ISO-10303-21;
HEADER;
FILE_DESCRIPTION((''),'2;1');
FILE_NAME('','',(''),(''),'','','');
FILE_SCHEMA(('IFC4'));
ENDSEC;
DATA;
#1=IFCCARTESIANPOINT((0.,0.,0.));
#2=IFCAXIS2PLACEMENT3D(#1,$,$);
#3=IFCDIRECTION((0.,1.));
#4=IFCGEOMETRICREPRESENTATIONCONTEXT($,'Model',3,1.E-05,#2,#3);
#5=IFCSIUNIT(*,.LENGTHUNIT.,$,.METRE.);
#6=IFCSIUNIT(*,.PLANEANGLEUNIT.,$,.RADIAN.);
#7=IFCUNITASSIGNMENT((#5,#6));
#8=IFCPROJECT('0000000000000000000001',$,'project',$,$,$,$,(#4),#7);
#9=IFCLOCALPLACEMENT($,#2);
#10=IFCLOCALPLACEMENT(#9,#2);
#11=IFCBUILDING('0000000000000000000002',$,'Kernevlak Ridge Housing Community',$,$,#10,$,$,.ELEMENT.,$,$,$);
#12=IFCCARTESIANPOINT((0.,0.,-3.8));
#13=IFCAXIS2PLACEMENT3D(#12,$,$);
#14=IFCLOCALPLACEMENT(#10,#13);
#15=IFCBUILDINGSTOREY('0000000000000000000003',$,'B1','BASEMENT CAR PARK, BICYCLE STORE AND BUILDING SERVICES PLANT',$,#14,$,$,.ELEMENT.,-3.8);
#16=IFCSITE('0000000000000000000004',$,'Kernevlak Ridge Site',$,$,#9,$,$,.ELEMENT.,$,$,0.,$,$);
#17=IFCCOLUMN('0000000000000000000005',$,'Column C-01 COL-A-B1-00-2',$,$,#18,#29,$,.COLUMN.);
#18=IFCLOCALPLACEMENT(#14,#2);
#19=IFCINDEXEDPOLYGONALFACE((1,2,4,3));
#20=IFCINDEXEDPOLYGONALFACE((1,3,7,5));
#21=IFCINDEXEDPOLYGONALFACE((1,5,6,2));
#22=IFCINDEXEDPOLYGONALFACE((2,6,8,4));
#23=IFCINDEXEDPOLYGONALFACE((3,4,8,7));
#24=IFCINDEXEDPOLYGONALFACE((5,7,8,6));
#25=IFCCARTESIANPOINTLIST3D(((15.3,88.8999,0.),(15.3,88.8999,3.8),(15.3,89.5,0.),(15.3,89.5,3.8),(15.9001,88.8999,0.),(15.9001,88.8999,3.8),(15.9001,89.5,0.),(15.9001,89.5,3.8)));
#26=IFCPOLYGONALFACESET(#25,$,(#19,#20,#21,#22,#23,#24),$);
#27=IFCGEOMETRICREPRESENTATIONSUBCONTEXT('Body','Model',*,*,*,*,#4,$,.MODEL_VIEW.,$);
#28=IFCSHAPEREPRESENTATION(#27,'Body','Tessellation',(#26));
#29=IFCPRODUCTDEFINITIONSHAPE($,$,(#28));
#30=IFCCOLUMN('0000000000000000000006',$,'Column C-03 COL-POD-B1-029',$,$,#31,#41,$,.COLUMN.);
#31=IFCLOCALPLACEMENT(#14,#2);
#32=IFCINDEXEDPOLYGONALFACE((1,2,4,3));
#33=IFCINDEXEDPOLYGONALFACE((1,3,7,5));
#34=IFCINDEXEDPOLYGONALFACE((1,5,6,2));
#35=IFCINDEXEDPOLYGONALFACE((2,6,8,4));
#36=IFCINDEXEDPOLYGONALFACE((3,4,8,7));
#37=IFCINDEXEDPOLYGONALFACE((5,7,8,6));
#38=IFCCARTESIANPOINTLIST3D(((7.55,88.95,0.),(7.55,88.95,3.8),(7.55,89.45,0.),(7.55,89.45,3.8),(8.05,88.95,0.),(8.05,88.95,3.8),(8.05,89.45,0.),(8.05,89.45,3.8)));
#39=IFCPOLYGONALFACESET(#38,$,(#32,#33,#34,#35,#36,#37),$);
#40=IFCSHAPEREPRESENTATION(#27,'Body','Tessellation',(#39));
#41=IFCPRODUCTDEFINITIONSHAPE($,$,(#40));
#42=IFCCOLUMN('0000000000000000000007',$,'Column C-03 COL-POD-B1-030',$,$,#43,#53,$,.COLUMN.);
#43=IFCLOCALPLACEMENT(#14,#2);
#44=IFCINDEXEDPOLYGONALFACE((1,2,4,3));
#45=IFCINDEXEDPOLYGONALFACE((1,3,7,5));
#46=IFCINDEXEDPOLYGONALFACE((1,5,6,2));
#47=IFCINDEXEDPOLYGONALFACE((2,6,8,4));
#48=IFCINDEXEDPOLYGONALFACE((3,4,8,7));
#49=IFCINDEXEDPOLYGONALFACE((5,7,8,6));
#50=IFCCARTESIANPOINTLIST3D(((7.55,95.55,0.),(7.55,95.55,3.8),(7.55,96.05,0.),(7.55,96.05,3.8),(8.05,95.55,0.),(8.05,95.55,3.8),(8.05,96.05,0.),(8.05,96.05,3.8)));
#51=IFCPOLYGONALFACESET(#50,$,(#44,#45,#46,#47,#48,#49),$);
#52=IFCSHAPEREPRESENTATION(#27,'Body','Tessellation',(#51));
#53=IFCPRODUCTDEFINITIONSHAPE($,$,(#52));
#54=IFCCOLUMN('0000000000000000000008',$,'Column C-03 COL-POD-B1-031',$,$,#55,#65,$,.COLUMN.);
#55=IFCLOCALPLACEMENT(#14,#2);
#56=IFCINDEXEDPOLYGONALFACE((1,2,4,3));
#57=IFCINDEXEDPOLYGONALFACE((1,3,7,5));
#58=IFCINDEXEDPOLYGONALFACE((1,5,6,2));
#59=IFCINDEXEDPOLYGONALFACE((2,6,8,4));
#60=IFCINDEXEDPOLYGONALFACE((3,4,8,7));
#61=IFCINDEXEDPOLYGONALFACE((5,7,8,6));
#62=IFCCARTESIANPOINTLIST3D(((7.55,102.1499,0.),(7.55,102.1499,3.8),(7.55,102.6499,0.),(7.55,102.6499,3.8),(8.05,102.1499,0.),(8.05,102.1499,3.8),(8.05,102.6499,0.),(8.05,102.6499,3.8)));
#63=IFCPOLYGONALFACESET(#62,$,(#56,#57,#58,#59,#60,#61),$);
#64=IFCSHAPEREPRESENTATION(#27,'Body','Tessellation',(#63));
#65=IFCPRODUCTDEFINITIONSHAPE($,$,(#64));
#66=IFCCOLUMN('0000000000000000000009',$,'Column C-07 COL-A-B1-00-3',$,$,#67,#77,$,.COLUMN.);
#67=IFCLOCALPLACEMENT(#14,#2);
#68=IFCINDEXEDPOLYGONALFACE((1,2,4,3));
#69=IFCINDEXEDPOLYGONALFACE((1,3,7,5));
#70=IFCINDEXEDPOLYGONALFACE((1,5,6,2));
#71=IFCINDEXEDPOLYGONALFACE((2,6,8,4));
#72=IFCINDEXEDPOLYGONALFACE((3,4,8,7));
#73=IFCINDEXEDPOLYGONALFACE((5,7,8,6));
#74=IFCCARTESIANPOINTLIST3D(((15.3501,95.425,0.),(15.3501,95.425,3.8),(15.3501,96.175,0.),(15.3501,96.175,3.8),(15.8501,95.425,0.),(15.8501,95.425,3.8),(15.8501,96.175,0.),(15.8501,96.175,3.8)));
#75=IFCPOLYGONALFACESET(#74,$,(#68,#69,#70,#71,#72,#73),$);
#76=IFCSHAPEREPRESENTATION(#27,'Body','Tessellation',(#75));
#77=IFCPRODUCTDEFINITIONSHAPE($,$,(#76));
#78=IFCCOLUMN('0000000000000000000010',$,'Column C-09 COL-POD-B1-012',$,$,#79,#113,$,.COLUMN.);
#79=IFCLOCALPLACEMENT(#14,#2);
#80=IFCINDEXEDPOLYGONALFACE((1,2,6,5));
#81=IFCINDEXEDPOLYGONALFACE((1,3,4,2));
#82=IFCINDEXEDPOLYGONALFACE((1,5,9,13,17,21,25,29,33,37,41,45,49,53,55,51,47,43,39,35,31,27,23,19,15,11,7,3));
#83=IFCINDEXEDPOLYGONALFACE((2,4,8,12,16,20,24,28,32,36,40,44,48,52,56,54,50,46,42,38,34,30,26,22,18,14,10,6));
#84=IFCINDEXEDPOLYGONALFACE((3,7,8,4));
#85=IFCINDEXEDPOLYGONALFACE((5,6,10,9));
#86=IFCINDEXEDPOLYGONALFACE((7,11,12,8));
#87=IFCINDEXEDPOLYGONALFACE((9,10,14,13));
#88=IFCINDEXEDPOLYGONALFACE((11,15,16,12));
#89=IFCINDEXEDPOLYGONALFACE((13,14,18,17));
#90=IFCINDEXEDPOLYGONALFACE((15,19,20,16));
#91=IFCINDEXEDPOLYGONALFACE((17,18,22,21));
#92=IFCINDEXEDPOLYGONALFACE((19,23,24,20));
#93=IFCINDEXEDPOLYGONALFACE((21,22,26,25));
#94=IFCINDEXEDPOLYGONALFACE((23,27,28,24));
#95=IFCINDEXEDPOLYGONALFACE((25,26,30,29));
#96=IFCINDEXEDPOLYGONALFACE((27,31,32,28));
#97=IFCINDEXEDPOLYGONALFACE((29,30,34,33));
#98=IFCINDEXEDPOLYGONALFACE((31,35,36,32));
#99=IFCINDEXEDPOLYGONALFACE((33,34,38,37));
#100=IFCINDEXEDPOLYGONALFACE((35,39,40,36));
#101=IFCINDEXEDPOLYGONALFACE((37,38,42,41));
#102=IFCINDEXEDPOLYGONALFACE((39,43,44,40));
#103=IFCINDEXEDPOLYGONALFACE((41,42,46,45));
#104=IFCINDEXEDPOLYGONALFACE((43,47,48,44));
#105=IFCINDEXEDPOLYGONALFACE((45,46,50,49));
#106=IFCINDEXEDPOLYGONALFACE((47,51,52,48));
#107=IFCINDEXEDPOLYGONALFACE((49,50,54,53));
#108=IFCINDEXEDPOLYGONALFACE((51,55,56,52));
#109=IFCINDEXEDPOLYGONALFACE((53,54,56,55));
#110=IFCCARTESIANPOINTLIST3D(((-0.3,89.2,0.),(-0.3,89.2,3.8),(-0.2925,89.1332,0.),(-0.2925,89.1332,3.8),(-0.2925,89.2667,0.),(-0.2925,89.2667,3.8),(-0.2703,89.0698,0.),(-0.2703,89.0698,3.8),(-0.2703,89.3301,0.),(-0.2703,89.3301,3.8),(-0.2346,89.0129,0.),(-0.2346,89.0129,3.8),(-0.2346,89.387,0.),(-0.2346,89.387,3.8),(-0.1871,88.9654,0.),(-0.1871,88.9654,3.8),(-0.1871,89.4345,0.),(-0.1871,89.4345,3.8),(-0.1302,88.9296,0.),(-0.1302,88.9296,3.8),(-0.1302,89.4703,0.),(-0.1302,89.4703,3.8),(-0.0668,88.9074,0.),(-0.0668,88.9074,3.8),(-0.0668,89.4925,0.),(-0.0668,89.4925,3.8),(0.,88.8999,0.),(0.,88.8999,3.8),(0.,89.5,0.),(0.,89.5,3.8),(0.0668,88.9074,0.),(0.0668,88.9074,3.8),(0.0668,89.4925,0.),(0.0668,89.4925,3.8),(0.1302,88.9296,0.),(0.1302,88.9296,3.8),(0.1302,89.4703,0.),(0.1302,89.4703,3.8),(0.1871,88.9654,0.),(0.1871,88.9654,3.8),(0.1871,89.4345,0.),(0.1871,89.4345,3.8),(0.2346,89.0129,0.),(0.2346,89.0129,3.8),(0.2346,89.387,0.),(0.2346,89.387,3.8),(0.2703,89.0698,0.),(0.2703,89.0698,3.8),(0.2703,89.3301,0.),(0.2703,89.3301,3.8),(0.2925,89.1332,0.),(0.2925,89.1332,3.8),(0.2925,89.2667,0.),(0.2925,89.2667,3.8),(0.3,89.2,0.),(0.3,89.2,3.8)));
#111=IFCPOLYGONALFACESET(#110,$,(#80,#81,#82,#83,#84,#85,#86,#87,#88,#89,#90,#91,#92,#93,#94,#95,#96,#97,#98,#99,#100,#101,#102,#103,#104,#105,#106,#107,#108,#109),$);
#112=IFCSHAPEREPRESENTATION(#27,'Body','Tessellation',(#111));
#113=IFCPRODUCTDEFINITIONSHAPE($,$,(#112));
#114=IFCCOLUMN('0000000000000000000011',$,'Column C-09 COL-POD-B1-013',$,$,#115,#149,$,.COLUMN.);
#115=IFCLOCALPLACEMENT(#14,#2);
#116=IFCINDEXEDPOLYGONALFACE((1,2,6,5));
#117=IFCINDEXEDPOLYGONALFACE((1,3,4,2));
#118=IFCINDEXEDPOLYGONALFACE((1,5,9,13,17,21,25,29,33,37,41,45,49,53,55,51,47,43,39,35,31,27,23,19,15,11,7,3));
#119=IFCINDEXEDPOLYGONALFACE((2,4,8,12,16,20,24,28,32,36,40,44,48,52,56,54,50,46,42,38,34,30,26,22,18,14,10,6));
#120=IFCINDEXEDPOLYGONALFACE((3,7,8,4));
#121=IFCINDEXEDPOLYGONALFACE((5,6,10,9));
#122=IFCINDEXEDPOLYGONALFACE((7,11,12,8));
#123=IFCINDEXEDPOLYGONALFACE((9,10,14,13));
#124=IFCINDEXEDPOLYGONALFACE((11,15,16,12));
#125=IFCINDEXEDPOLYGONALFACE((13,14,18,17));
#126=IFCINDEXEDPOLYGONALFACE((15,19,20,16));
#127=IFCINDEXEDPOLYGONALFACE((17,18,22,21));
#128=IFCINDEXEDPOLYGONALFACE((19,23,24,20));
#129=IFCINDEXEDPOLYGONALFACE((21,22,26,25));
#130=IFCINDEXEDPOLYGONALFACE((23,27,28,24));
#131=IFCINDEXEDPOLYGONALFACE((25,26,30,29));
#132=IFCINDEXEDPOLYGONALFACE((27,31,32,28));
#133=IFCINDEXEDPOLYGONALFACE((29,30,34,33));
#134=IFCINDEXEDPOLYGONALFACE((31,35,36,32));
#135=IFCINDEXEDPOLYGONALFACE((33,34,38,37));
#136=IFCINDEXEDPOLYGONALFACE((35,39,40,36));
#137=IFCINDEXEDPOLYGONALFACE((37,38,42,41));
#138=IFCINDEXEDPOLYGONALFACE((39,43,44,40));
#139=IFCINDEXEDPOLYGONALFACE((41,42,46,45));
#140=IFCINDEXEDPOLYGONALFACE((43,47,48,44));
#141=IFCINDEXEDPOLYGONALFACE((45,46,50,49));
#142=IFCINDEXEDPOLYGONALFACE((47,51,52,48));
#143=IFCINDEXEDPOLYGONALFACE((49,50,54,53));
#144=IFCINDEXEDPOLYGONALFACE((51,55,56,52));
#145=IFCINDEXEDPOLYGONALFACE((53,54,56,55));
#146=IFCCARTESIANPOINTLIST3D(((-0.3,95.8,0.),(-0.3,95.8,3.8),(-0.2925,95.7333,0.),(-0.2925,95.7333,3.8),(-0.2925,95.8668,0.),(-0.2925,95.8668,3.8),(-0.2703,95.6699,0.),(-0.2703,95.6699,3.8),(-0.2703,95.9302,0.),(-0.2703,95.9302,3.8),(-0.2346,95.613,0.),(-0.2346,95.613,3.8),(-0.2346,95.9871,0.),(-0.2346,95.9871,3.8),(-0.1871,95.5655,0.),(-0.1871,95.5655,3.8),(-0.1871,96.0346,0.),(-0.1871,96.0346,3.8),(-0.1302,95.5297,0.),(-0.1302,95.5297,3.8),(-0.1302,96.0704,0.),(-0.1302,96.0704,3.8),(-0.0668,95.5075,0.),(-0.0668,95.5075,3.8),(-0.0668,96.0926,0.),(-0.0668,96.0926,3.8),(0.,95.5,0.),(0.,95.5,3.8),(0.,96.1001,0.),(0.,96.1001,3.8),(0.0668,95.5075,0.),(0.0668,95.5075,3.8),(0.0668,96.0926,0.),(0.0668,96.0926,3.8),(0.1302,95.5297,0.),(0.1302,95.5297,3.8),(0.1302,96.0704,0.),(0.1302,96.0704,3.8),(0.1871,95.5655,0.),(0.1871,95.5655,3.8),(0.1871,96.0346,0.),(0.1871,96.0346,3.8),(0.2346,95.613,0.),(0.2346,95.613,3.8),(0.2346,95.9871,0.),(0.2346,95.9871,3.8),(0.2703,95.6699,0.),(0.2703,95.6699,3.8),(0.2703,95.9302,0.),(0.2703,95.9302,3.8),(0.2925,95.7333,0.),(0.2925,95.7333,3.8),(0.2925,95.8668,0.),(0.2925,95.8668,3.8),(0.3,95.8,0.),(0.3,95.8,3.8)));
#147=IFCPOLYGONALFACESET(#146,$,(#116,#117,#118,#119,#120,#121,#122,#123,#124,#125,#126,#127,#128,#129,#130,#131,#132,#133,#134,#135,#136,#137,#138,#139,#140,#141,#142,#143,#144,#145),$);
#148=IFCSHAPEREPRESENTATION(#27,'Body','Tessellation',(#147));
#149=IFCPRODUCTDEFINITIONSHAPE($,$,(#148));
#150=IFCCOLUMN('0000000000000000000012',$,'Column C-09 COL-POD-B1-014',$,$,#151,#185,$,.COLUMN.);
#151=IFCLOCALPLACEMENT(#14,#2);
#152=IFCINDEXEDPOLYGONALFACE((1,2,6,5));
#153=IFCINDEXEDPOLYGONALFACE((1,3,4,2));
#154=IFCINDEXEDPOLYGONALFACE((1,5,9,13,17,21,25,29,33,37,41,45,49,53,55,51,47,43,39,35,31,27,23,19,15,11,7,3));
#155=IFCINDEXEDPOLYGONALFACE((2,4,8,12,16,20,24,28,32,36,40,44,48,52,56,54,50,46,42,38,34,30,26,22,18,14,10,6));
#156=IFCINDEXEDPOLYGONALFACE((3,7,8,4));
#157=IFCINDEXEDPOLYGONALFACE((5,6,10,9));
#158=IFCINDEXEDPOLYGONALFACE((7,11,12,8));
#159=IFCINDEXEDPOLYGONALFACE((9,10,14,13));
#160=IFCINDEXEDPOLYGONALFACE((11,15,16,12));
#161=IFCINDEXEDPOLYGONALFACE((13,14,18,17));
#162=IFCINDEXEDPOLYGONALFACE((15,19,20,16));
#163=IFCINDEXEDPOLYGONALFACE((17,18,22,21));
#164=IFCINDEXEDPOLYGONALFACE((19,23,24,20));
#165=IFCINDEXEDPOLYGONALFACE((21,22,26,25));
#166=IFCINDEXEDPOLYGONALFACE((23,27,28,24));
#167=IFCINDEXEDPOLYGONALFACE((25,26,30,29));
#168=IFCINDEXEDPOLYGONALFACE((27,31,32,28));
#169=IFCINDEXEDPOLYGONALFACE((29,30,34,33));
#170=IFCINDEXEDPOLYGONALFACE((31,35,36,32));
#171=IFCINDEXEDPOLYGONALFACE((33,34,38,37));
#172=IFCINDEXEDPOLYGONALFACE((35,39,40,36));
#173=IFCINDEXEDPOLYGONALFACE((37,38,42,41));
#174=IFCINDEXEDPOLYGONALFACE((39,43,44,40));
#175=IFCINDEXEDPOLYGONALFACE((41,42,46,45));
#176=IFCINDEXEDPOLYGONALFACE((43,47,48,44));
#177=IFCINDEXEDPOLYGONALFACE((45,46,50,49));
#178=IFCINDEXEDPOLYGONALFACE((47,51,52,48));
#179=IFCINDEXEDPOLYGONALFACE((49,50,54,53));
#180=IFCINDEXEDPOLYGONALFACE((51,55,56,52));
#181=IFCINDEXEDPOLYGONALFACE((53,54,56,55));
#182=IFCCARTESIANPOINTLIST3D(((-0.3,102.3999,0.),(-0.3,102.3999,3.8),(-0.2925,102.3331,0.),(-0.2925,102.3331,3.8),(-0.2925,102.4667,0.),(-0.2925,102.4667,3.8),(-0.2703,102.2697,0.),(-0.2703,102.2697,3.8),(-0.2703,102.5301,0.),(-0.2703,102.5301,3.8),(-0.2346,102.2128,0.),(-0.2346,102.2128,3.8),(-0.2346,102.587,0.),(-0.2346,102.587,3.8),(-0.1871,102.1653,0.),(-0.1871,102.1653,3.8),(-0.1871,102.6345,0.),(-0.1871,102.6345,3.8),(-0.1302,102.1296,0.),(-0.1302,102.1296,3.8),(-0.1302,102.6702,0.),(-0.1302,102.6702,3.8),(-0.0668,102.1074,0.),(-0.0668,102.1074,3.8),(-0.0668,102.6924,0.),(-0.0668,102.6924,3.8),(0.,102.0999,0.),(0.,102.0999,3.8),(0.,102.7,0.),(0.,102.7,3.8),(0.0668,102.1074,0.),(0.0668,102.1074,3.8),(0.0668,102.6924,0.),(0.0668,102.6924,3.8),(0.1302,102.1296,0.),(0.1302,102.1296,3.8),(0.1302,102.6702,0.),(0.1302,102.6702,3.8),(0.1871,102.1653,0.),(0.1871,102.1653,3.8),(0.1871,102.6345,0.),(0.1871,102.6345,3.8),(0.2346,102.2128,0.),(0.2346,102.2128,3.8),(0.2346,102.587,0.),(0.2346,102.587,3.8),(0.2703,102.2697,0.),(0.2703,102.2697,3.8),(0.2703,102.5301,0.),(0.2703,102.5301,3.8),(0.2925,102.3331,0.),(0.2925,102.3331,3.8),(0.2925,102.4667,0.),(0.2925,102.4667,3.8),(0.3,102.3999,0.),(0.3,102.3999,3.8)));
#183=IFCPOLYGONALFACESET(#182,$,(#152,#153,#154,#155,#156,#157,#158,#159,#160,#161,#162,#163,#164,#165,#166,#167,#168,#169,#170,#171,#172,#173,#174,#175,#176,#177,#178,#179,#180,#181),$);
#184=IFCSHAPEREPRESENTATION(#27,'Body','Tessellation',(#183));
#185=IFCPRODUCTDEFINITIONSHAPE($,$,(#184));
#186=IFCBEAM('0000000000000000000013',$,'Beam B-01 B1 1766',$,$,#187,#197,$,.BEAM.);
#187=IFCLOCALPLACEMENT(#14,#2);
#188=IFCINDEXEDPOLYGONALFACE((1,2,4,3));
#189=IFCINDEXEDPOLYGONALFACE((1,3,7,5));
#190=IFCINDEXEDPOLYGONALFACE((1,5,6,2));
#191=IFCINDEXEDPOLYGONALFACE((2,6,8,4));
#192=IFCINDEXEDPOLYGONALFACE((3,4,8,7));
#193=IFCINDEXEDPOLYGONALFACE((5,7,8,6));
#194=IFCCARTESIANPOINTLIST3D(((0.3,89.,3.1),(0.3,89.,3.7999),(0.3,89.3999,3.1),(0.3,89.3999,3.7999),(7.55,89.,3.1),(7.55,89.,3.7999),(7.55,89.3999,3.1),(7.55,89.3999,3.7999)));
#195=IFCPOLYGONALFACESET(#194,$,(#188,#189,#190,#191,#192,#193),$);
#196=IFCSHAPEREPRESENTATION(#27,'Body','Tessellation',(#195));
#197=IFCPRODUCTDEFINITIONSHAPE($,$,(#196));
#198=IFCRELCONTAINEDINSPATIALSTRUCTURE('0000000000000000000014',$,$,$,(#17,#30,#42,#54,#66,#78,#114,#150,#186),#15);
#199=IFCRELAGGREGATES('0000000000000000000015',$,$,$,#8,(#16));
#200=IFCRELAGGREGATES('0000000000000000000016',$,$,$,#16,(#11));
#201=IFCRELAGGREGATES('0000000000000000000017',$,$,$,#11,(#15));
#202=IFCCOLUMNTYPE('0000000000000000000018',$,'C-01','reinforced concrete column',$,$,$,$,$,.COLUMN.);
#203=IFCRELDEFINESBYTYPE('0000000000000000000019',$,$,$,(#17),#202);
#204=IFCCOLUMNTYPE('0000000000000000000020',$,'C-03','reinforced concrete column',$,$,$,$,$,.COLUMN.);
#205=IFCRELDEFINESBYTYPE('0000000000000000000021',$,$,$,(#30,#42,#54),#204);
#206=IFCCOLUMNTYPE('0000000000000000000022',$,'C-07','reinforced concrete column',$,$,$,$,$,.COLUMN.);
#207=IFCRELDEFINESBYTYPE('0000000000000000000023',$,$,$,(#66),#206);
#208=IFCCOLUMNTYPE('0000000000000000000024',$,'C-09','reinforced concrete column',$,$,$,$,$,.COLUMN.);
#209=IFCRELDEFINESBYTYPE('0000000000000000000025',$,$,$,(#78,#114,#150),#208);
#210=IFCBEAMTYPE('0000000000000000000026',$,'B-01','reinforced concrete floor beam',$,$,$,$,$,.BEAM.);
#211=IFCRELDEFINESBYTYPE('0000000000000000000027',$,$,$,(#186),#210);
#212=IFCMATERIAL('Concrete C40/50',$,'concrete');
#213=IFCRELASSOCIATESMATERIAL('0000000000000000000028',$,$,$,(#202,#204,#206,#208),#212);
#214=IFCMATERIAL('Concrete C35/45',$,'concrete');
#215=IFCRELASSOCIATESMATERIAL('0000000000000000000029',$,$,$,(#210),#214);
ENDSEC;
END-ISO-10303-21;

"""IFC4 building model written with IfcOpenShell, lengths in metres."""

from ifc_helpers import new_model, si_unit, direction, frame, origin, origin_2d, place, context, subcontext, project, spatial, rectangle, circle, extrude, material, material_profile, profile_set, type_object, element, save


model = new_model("IFC4")

# Units and contexts
model_context = context("Model", 3, precision=1e-05, world=origin(), true_north=direction((0.0, 1.0)))
body_context = subcontext(model_context, "Body", "Model", "MODEL_VIEW")
ifc_project = project(units=[si_unit("LENGTHUNIT", "METRE"), si_unit("PLANEANGLEUNIT", "RADIAN")], contexts=[model_context])

# Site, building, storey
site_placement = place(None, origin())
site = spatial("IfcSite", under=ifc_project, at=site_placement, Name="Kernevlak Ridge Site", CompositionType="ELEMENT", RefElevation=0.0)
building_placement = place(site_placement, origin())
building = spatial("IfcBuilding", under=site, at=building_placement, Name="Kernevlak Ridge Housing Community", CompositionType="ELEMENT")
storey_placement = place(building_placement, frame((0.0, 0.0, -3.8)))
storey = spatial("IfcBuildingStorey", under=building, at=storey_placement, Name="B1", Description="BASEMENT CAR PARK, BICYCLE STORE AND BUILDING SERVICES PLANT", CompositionType="ELEMENT", Elevation=-3.8)

# Shared definitions
ifc_material_1 = material(Name="Concrete C35/45", Category="concrete")

# Columns
ifc_material_2 = material(Name="Concrete C40/50", Category="concrete")
ifc_material_profile_1 = material_profile(ifc_material_2, rectangle(XDim=0.6001, YDim=0.6001, at=origin_2d()), Name="RC 600x600")
ifc_profile_set_1 = profile_set([ifc_material_profile_1], Name="Concrete C40/50")
column_type_1 = type_object("IfcColumnType", Name="C-01", Description="reinforced concrete column", PredefinedType="COLUMN", material=ifc_profile_set_1)
column_1_placement = place(storey_placement, frame((15.6001, 89.2, 0.0), z_axis=(0.0, 0.0, 1.0), x_axis=(1.0, 0.0, 0.0)))
element("IfcColumn", 1, at=column_1_placement, inside=storey, type_object=column_type_1, Name="Column C-01 COL-A-B1-00-2", PredefinedType="COLUMN", context=body_context, shape_type="SweptSolid", body=[
    extrude(rectangle(XDim=0.6001, YDim=0.6001, at=origin_2d()), origin(), (0.0, 0.0, 1.0), 3.8),
])
ifc_material_profile_2 = material_profile(ifc_material_2, rectangle(XDim=0.5, YDim=0.5, at=origin_2d()), Name="RC 500x500")
ifc_profile_set_2 = profile_set([ifc_material_profile_2], Name="Concrete C40/50")
column_type_2 = type_object("IfcColumnType", Name="C-03", Description="reinforced concrete column", PredefinedType="COLUMN", material=ifc_profile_set_2)
for number, where, z_axis, x_axis, name in (
    (2, (7.8, 89.2, 0.0), (0.0, 0.0, 1.0), (1.0, 0.0, 0.0), "Column C-03 COL-POD-B1-029"),
    (3, (7.8, 95.8, 0.0), (0.0, 0.0, 1.0), (1.0, 0.0, 0.0), "Column C-03 COL-POD-B1-030"),
    (4, (7.8, 102.3999, 0.0), (0.0, 0.0, 1.0), (1.0, 0.0, 0.0), "Column C-03 COL-POD-B1-031"),
):
    element("IfcColumn", number, at=place(storey_placement, frame(where, z_axis=z_axis, x_axis=x_axis)), inside=storey, type_object=column_type_2, Name=name, PredefinedType="COLUMN", context=body_context, shape_type="SweptSolid", body=[
        extrude(rectangle(XDim=0.5, YDim=0.5, at=origin_2d()), origin(), (0.0, 0.0, 1.0), 3.8),
    ])
ifc_material_profile_3 = material_profile(ifc_material_2, rectangle(XDim=0.5, YDim=0.75, at=origin_2d()), Name="RC 500x750")
ifc_profile_set_3 = profile_set([ifc_material_profile_3], Name="Concrete C40/50")
column_type_3 = type_object("IfcColumnType", Name="C-07", Description="reinforced concrete column", PredefinedType="COLUMN", material=ifc_profile_set_3)
column_2_placement = place(storey_placement, frame((15.6001, 95.8, 0.0), z_axis=(0.0, 0.0, 1.0), x_axis=(1.0, 0.0, 0.0)))
element("IfcColumn", 5, at=column_2_placement, inside=storey, type_object=column_type_3, Name="Column C-07 COL-A-B1-00-3", PredefinedType="COLUMN", context=body_context, shape_type="SweptSolid", body=[
    extrude(rectangle(XDim=0.5, YDim=0.75, at=origin_2d()), origin(), (0.0, 0.0, 1.0), 3.8),
])
ifc_material_profile_4 = material_profile(ifc_material_2, circle(Radius=0.3, at=origin_2d()), Name="RC D600")
ifc_profile_set_4 = profile_set([ifc_material_profile_4], Name="Concrete C40/50")
column_type_4 = type_object("IfcColumnType", Name="C-09", Description="reinforced concrete column", PredefinedType="COLUMN", material=ifc_profile_set_4)
for number, where, z_axis, x_axis, name in (
    (6, (0.0, 89.2, 0.0), (0.0, 0.0, 1.0), (1.0, 0.0, 0.0), "Column C-09 COL-POD-B1-012"),
    (7, (0.0, 95.8, 0.0), (0.0, 0.0, 1.0), (1.0, 0.0, 0.0), "Column C-09 COL-POD-B1-013"),
    (8, (0.0, 102.3999, 0.0), (0.0, 0.0, 1.0), (1.0, 0.0, 0.0), "Column C-09 COL-POD-B1-014"),
):
    element("IfcColumn", number, at=place(storey_placement, frame(where, z_axis=z_axis, x_axis=x_axis)), inside=storey, type_object=column_type_4, Name=name, PredefinedType="COLUMN", context=body_context, shape_type="SweptSolid", body=[
        extrude(circle(Radius=0.3, at=origin_2d()), origin(), (0.0, 0.0, 1.0), 3.8),
    ])

# Beam
ifc_material_profile_5 = material_profile(ifc_material_1, rectangle(XDim=0.3999, YDim=0.7, at=origin_2d()), Name="RC 400x700")
ifc_profile_set_5 = profile_set([ifc_material_profile_5], Name="Concrete C35/45")
beam_type_1 = type_object("IfcBeamType", Name="B-01", Description="reinforced concrete floor beam", PredefinedType="BEAM", material=ifc_profile_set_5)
for number, where, z_axis, x_axis, name in (
    (9, (0.3, 89.2, 3.45), (1.0, 0.0, 0.0), (0.0, 1.0, 0.0), "Beam B-01 B1 1766"),
):
    element("IfcBeam", number, at=place(storey_placement, frame(where, z_axis=z_axis, x_axis=x_axis)), inside=storey, type_object=beam_type_1, Name=name, PredefinedType="BEAM", context=body_context, shape_type="SweptSolid", body=[
        extrude(rectangle(XDim=0.3999, YDim=0.7, at=origin_2d()), origin(), (0.0, 0.0, 1.0), 7.25),
    ])

save(model, "model.ifc")
